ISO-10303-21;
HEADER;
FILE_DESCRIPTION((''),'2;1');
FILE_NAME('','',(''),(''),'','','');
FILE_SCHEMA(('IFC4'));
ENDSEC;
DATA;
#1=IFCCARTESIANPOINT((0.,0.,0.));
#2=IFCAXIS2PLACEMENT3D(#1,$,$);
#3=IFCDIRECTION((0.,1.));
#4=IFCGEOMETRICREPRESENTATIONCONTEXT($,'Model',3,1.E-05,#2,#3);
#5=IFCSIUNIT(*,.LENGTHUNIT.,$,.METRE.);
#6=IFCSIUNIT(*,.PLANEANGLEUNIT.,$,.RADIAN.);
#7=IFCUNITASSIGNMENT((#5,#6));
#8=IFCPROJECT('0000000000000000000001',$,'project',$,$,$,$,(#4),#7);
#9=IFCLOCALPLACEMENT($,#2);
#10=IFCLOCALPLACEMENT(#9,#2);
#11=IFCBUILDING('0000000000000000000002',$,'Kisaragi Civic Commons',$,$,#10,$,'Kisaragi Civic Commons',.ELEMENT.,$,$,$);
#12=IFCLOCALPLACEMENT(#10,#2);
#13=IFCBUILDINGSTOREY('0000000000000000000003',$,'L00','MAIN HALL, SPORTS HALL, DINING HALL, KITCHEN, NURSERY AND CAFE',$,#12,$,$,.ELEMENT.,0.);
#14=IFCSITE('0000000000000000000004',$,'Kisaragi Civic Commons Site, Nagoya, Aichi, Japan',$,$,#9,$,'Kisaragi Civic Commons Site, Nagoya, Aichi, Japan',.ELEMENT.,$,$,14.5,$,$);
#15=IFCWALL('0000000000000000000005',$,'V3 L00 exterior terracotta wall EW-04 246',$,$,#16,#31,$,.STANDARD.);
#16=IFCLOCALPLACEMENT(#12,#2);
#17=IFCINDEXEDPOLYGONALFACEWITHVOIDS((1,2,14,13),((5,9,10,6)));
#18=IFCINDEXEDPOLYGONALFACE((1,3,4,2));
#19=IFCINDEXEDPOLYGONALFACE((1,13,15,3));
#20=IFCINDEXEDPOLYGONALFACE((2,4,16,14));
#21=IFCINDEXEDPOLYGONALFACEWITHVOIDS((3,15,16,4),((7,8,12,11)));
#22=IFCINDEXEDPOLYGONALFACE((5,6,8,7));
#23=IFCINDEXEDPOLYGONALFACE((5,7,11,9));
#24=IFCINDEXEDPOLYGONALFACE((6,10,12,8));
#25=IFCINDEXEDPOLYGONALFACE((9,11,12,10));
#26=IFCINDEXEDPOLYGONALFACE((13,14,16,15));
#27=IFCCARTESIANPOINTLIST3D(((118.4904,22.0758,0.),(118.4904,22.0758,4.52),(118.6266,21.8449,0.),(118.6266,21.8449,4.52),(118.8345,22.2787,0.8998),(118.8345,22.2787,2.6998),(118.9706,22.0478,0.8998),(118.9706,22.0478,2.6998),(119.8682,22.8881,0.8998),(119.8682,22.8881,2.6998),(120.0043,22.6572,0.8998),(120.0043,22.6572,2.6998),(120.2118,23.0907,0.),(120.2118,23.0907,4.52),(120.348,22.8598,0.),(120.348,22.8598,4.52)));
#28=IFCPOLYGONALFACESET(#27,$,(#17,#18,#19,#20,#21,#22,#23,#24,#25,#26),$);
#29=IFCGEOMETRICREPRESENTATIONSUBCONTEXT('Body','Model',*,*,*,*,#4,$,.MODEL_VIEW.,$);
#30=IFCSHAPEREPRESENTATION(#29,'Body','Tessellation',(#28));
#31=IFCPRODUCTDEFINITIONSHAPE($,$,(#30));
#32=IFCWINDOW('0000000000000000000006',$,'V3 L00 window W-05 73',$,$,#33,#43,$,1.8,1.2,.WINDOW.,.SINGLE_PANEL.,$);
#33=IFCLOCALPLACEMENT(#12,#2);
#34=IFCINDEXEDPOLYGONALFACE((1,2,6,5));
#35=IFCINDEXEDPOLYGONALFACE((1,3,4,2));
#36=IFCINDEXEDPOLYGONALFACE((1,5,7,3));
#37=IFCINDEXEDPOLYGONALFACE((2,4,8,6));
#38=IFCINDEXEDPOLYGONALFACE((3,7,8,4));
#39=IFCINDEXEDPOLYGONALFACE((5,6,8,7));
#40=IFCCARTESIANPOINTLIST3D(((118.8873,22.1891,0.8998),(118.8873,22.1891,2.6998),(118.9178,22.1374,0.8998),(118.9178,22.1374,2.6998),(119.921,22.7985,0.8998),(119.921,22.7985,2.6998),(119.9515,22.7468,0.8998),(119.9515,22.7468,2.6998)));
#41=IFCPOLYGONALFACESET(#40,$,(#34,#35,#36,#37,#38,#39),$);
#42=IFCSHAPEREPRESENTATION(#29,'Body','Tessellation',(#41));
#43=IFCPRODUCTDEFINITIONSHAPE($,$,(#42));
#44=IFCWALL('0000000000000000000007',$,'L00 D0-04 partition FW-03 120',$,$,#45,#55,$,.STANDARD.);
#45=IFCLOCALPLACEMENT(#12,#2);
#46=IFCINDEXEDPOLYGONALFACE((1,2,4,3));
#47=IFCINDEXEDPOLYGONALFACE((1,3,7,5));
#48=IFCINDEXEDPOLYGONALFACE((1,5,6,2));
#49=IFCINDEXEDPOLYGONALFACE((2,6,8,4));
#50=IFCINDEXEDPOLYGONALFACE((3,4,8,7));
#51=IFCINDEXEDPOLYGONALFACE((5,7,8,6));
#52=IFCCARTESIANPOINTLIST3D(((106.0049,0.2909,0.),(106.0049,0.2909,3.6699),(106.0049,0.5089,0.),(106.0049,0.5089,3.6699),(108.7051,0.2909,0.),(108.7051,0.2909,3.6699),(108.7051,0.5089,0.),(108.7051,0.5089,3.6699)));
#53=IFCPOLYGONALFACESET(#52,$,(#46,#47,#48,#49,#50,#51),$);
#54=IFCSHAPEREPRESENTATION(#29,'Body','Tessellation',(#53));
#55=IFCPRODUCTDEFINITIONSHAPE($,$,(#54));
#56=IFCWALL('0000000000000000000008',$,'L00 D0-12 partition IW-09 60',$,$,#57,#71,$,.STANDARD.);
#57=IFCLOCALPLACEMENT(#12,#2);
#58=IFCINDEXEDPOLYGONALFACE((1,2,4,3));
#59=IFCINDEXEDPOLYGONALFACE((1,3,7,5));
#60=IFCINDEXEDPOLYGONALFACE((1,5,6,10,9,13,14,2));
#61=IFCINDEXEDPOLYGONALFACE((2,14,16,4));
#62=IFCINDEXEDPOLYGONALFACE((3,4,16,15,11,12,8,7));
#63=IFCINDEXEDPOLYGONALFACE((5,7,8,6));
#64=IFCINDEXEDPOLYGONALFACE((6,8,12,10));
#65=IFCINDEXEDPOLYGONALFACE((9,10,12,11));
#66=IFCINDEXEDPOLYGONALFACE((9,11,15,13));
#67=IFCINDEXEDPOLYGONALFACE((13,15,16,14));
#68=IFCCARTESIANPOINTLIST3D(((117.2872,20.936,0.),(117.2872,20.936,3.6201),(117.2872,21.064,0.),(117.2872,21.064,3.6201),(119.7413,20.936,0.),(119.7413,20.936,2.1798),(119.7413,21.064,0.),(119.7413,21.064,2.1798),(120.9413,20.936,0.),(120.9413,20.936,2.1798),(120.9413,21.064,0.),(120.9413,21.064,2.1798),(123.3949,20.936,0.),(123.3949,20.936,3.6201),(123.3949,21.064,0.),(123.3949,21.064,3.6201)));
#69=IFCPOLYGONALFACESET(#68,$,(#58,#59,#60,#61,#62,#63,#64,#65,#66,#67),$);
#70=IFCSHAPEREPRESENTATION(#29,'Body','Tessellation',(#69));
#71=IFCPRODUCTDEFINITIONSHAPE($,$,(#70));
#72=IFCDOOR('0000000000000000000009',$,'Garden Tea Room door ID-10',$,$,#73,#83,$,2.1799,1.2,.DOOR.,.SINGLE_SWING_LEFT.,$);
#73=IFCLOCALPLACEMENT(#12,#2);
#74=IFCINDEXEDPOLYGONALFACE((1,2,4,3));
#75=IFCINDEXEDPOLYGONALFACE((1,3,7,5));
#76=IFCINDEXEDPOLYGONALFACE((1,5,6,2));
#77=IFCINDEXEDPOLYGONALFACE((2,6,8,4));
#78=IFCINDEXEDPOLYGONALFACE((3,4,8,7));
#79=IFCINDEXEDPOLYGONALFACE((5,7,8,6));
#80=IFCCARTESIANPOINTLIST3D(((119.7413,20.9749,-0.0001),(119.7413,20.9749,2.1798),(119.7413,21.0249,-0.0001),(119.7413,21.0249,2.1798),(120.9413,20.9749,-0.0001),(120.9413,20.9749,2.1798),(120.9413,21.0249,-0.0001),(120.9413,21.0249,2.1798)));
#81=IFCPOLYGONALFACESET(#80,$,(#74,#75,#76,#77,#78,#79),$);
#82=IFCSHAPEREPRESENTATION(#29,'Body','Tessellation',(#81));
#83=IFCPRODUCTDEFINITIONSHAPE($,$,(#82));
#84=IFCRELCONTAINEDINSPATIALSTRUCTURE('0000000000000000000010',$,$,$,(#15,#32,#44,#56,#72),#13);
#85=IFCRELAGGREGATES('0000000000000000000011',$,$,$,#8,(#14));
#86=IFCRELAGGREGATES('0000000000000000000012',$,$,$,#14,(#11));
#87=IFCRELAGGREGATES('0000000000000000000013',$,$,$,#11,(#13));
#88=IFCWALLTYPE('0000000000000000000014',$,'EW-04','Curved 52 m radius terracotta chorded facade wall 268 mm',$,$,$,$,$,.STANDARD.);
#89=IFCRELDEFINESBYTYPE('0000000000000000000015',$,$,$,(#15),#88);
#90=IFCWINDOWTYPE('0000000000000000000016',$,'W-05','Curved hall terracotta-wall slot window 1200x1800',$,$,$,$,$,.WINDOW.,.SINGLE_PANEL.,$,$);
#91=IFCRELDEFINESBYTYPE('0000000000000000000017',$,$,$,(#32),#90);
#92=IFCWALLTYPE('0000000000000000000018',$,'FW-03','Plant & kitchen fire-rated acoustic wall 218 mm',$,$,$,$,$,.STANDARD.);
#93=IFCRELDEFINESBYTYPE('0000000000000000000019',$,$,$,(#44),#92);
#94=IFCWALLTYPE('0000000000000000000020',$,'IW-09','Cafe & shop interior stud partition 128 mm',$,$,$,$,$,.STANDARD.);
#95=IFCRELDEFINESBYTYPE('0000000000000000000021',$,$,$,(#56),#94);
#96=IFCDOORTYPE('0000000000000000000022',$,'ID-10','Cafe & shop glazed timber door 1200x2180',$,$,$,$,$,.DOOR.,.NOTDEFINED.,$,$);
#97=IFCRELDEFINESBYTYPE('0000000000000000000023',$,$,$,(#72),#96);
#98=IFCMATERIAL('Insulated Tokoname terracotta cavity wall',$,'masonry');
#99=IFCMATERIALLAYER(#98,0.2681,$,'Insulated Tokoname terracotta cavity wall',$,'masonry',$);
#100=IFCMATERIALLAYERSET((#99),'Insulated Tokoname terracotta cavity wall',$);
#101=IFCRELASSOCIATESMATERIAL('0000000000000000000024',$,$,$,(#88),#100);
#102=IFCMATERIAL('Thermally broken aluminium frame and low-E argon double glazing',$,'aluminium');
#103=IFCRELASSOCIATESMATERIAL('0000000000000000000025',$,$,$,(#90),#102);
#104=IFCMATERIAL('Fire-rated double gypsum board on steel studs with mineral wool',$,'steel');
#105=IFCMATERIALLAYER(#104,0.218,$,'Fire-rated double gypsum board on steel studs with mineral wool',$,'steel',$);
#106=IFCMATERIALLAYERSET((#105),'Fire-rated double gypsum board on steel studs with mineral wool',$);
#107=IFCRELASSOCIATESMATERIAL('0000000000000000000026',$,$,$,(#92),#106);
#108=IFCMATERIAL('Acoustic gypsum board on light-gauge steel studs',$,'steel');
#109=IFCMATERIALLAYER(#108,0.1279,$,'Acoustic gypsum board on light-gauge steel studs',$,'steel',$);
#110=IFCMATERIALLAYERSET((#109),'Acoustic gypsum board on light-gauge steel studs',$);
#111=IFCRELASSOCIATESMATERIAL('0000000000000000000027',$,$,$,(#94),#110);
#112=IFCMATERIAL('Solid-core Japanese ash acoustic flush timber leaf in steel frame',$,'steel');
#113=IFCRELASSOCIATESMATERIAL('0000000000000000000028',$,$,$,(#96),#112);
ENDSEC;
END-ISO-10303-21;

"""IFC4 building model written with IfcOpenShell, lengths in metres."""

from ifc_helpers import new_model, si_unit, direction, frame, frame_2d, origin, place, context, subcontext, project, spatial, rectangle, extrude, material, layer, layer_set, type_object, element, fill, save


model = new_model("IFC4")

# Units and contexts
model_context = context("Model", 3, precision=1e-05, world=origin(), true_north=direction((0.0, 1.0)))
body_context = subcontext(model_context, "Body", "Model", "MODEL_VIEW")
ifc_project = project(units=[si_unit("LENGTHUNIT", "METRE"), si_unit("PLANEANGLEUNIT", "RADIAN")], contexts=[model_context])

# Site, building, storey
site_placement = place(None, origin())
site = spatial("IfcSite", under=ifc_project, at=site_placement, Name="Kisaragi Civic Commons Site, Nagoya, Aichi, Japan", LongName="Kisaragi Civic Commons Site, Nagoya, Aichi, Japan", CompositionType="ELEMENT", RefElevation=14.5)
building_placement = place(site_placement, origin())
building = spatial("IfcBuilding", under=site, at=building_placement, Name="Kisaragi Civic Commons", LongName="Kisaragi Civic Commons", CompositionType="ELEMENT")
storey_placement = place(building_placement, origin())
storey = spatial("IfcBuildingStorey", under=building, at=storey_placement, Name="L00", Description="MAIN HALL, SPORTS HALL, DINING HALL, KITCHEN, NURSERY AND CAFE", CompositionType="ELEMENT", Elevation=0.0)

# Shared definitions
ifc_material_1 = material(Name="Insulated Tokoname terracotta cavity wall", Category="masonry")
ifc_layer_1 = layer(ifc_material_1, 0.2681, Name="Insulated Tokoname terracotta cavity wall", Category="masonry")
ifc_layer_set_1 = layer_set([ifc_layer_1], Name="Insulated Tokoname terracotta cavity wall")
wall_type_1 = type_object("IfcWallType", Name="EW-04", Description="Curved 52 m radius terracotta chorded facade wall 268 mm", PredefinedType="STANDARD", material=ifc_layer_set_1)
ifc_material_2 = material(Name="Thermally broken aluminium frame and low-E argon double glazing", Category="aluminium")
window_type = type_object("IfcWindowType", Name="W-05", Description="Curved hall terracotta-wall slot window 1200x1800", PartitioningType="SINGLE_PANEL", PredefinedType="WINDOW", material=ifc_material_2)

# Wall, opening, window
wall_1_placement = place(storey_placement, frame((118.5586, 21.9604, 0.0), z_axis=(0.0, 0.0, 1.0), x_axis=(0.861434, 0.507869, 0.0)))
wall_1 = element("IfcWall", 1, at=wall_1_placement, inside=storey, type_object=wall_type_1, Name="V3 L00 exterior terracotta wall EW-04 246", PredefinedType="STANDARD", context=body_context, shape_type="SweptSolid", body=[
    extrude(rectangle(XDim=1.9983, YDim=0.2681, at=frame_2d((0.999, 0.0))), origin(), (0.0, 0.0, 1.0), 4.52),
])
opening_1_placement = place(wall_1_placement, frame((0.3992, 0.0, 0.8999)))
opening_1 = element("IfcOpeningElement", 2, at=opening_1_placement, cuts=wall_1, PredefinedType="OPENING", context=body_context, shape_type="SweptSolid", body=[
    extrude(rectangle(XDim=1.2, YDim=1.8, at=frame_2d((0.6001, 0.8999))), frame((0.0, 0.144, 0.0), z_axis=(0.0, -1.0, 0.0), x_axis=(1.0, 0.0, 0.0)), (0.0, 0.0, 1.0), 0.2881),
])
window_1_placement = place(opening_1_placement, origin())
window_1 = element("IfcWindow", 3, at=window_1_placement, inside=storey, type_object=window_type, Name="V3 L00 window W-05 73", OverallHeight=1.8, OverallWidth=1.2, PartitioningType="SINGLE_PANEL", PredefinedType="WINDOW", context=body_context, shape_type="SweptSolid", body=[
    extrude(rectangle(XDim=1.2, YDim=1.8, at=frame_2d((0.6001, 0.8999))), frame((0.0, 0.03, 0.0), z_axis=(0.0, -1.0, 0.0), x_axis=(1.0, 0.0, 0.0)), (0.0, 0.0, 1.0), 0.0601),
])
fill(opening_1, window_1)

# Wall
ifc_material_3 = material(Name="Fire-rated double gypsum board on steel studs with mineral wool", Category="steel")
ifc_layer_2 = layer(ifc_material_3, 0.218, Name="Fire-rated double gypsum board on steel studs with mineral wool", Category="steel")
ifc_layer_set_2 = layer_set([ifc_layer_2], Name="Fire-rated double gypsum board on steel studs with mineral wool")
wall_type_2 = type_object("IfcWallType", Name="FW-03", Description="Plant & kitchen fire-rated acoustic wall 218 mm", PredefinedType="STANDARD", material=ifc_layer_set_2)
wall_2_placement = place(storey_placement, frame((108.7051, 0.3999, 0.0), z_axis=(0.0, 0.0, 1.0), x_axis=(-1.0, 0.0, 0.0)))
element("IfcWall", 4, at=wall_2_placement, inside=storey, type_object=wall_type_2, Name="L00 D0-04 partition FW-03 120", PredefinedType="STANDARD", context=body_context, shape_type="SweptSolid", body=[
    extrude(rectangle(XDim=2.7002, YDim=0.218, at=frame_2d((1.3501, 0.0))), origin(), (0.0, 0.0, 1.0), 3.6699),
])

# Wall, opening, door
ifc_material_4 = material(Name="Acoustic gypsum board on light-gauge steel studs", Category="steel")
ifc_layer_3 = layer(ifc_material_4, 0.1279, Name="Acoustic gypsum board on light-gauge steel studs", Category="steel")
ifc_layer_set_3 = layer_set([ifc_layer_3], Name="Acoustic gypsum board on light-gauge steel studs")
wall_type_3 = type_object("IfcWallType", Name="IW-09", Description="Cafe & shop interior stud partition 128 mm", PredefinedType="STANDARD", material=ifc_layer_set_3)
wall_3_placement = place(storey_placement, frame((117.2874, 21.0, 0.0), z_axis=(0.0, 0.0, 1.0), x_axis=(1.0, 0.0, 0.0)))
wall_3 = element("IfcWall", 5, at=wall_3_placement, inside=storey, type_object=wall_type_3, Name="L00 D0-12 partition IW-09 60", PredefinedType="STANDARD", context=body_context, shape_type="SweptSolid", body=[
    extrude(rectangle(XDim=6.1077, YDim=0.1279, at=frame_2d((3.0537, 0.0))), origin(), (0.0, 0.0, 1.0), 3.6201),
])
opening_2_placement = place(wall_3_placement, frame((2.4539, 0.0, 0.0)))
opening_2 = element("IfcOpeningElement", 6, at=opening_2_placement, cuts=wall_3, PredefinedType="OPENING", context=body_context, shape_type="SweptSolid", body=[
    extrude(rectangle(XDim=1.2, YDim=2.1799, at=frame_2d((0.6001, 1.0898))), frame((0.0, 0.074, 0.0), z_axis=(0.0, -1.0, 0.0), x_axis=(1.0, 0.0, 0.0)), (0.0, 0.0, 1.0), 0.1479),
])
ifc_material_5 = material(Name="Solid-core Japanese ash acoustic flush timber leaf in steel frame", Category="steel")
door_type = type_object("IfcDoorType", Name="ID-10", Description="Cafe & shop glazed timber door 1200x2180", OperationType="NOTDEFINED", PredefinedType="DOOR", material=ifc_material_5)
door_placement = place(opening_2_placement, origin())
door = element("IfcDoor", 7, at=door_placement, inside=storey, type_object=door_type, Name="Garden Tea Room door ID-10", OperationType="SINGLE_SWING_LEFT", OverallHeight=2.1799, OverallWidth=1.2, PredefinedType="DOOR", context=body_context, shape_type="SweptSolid", body=[
    extrude(rectangle(XDim=1.2, YDim=2.1799, at=frame_2d((0.6001, 1.0898))), frame((0.0, 0.0249, 0.0), z_axis=(0.0, -1.0, 0.0), x_axis=(1.0, 0.0, 0.0)), (0.0, 0.0, 1.0), 0.05),
])
fill(opening_2, door)

save(model, "model.ifc")
